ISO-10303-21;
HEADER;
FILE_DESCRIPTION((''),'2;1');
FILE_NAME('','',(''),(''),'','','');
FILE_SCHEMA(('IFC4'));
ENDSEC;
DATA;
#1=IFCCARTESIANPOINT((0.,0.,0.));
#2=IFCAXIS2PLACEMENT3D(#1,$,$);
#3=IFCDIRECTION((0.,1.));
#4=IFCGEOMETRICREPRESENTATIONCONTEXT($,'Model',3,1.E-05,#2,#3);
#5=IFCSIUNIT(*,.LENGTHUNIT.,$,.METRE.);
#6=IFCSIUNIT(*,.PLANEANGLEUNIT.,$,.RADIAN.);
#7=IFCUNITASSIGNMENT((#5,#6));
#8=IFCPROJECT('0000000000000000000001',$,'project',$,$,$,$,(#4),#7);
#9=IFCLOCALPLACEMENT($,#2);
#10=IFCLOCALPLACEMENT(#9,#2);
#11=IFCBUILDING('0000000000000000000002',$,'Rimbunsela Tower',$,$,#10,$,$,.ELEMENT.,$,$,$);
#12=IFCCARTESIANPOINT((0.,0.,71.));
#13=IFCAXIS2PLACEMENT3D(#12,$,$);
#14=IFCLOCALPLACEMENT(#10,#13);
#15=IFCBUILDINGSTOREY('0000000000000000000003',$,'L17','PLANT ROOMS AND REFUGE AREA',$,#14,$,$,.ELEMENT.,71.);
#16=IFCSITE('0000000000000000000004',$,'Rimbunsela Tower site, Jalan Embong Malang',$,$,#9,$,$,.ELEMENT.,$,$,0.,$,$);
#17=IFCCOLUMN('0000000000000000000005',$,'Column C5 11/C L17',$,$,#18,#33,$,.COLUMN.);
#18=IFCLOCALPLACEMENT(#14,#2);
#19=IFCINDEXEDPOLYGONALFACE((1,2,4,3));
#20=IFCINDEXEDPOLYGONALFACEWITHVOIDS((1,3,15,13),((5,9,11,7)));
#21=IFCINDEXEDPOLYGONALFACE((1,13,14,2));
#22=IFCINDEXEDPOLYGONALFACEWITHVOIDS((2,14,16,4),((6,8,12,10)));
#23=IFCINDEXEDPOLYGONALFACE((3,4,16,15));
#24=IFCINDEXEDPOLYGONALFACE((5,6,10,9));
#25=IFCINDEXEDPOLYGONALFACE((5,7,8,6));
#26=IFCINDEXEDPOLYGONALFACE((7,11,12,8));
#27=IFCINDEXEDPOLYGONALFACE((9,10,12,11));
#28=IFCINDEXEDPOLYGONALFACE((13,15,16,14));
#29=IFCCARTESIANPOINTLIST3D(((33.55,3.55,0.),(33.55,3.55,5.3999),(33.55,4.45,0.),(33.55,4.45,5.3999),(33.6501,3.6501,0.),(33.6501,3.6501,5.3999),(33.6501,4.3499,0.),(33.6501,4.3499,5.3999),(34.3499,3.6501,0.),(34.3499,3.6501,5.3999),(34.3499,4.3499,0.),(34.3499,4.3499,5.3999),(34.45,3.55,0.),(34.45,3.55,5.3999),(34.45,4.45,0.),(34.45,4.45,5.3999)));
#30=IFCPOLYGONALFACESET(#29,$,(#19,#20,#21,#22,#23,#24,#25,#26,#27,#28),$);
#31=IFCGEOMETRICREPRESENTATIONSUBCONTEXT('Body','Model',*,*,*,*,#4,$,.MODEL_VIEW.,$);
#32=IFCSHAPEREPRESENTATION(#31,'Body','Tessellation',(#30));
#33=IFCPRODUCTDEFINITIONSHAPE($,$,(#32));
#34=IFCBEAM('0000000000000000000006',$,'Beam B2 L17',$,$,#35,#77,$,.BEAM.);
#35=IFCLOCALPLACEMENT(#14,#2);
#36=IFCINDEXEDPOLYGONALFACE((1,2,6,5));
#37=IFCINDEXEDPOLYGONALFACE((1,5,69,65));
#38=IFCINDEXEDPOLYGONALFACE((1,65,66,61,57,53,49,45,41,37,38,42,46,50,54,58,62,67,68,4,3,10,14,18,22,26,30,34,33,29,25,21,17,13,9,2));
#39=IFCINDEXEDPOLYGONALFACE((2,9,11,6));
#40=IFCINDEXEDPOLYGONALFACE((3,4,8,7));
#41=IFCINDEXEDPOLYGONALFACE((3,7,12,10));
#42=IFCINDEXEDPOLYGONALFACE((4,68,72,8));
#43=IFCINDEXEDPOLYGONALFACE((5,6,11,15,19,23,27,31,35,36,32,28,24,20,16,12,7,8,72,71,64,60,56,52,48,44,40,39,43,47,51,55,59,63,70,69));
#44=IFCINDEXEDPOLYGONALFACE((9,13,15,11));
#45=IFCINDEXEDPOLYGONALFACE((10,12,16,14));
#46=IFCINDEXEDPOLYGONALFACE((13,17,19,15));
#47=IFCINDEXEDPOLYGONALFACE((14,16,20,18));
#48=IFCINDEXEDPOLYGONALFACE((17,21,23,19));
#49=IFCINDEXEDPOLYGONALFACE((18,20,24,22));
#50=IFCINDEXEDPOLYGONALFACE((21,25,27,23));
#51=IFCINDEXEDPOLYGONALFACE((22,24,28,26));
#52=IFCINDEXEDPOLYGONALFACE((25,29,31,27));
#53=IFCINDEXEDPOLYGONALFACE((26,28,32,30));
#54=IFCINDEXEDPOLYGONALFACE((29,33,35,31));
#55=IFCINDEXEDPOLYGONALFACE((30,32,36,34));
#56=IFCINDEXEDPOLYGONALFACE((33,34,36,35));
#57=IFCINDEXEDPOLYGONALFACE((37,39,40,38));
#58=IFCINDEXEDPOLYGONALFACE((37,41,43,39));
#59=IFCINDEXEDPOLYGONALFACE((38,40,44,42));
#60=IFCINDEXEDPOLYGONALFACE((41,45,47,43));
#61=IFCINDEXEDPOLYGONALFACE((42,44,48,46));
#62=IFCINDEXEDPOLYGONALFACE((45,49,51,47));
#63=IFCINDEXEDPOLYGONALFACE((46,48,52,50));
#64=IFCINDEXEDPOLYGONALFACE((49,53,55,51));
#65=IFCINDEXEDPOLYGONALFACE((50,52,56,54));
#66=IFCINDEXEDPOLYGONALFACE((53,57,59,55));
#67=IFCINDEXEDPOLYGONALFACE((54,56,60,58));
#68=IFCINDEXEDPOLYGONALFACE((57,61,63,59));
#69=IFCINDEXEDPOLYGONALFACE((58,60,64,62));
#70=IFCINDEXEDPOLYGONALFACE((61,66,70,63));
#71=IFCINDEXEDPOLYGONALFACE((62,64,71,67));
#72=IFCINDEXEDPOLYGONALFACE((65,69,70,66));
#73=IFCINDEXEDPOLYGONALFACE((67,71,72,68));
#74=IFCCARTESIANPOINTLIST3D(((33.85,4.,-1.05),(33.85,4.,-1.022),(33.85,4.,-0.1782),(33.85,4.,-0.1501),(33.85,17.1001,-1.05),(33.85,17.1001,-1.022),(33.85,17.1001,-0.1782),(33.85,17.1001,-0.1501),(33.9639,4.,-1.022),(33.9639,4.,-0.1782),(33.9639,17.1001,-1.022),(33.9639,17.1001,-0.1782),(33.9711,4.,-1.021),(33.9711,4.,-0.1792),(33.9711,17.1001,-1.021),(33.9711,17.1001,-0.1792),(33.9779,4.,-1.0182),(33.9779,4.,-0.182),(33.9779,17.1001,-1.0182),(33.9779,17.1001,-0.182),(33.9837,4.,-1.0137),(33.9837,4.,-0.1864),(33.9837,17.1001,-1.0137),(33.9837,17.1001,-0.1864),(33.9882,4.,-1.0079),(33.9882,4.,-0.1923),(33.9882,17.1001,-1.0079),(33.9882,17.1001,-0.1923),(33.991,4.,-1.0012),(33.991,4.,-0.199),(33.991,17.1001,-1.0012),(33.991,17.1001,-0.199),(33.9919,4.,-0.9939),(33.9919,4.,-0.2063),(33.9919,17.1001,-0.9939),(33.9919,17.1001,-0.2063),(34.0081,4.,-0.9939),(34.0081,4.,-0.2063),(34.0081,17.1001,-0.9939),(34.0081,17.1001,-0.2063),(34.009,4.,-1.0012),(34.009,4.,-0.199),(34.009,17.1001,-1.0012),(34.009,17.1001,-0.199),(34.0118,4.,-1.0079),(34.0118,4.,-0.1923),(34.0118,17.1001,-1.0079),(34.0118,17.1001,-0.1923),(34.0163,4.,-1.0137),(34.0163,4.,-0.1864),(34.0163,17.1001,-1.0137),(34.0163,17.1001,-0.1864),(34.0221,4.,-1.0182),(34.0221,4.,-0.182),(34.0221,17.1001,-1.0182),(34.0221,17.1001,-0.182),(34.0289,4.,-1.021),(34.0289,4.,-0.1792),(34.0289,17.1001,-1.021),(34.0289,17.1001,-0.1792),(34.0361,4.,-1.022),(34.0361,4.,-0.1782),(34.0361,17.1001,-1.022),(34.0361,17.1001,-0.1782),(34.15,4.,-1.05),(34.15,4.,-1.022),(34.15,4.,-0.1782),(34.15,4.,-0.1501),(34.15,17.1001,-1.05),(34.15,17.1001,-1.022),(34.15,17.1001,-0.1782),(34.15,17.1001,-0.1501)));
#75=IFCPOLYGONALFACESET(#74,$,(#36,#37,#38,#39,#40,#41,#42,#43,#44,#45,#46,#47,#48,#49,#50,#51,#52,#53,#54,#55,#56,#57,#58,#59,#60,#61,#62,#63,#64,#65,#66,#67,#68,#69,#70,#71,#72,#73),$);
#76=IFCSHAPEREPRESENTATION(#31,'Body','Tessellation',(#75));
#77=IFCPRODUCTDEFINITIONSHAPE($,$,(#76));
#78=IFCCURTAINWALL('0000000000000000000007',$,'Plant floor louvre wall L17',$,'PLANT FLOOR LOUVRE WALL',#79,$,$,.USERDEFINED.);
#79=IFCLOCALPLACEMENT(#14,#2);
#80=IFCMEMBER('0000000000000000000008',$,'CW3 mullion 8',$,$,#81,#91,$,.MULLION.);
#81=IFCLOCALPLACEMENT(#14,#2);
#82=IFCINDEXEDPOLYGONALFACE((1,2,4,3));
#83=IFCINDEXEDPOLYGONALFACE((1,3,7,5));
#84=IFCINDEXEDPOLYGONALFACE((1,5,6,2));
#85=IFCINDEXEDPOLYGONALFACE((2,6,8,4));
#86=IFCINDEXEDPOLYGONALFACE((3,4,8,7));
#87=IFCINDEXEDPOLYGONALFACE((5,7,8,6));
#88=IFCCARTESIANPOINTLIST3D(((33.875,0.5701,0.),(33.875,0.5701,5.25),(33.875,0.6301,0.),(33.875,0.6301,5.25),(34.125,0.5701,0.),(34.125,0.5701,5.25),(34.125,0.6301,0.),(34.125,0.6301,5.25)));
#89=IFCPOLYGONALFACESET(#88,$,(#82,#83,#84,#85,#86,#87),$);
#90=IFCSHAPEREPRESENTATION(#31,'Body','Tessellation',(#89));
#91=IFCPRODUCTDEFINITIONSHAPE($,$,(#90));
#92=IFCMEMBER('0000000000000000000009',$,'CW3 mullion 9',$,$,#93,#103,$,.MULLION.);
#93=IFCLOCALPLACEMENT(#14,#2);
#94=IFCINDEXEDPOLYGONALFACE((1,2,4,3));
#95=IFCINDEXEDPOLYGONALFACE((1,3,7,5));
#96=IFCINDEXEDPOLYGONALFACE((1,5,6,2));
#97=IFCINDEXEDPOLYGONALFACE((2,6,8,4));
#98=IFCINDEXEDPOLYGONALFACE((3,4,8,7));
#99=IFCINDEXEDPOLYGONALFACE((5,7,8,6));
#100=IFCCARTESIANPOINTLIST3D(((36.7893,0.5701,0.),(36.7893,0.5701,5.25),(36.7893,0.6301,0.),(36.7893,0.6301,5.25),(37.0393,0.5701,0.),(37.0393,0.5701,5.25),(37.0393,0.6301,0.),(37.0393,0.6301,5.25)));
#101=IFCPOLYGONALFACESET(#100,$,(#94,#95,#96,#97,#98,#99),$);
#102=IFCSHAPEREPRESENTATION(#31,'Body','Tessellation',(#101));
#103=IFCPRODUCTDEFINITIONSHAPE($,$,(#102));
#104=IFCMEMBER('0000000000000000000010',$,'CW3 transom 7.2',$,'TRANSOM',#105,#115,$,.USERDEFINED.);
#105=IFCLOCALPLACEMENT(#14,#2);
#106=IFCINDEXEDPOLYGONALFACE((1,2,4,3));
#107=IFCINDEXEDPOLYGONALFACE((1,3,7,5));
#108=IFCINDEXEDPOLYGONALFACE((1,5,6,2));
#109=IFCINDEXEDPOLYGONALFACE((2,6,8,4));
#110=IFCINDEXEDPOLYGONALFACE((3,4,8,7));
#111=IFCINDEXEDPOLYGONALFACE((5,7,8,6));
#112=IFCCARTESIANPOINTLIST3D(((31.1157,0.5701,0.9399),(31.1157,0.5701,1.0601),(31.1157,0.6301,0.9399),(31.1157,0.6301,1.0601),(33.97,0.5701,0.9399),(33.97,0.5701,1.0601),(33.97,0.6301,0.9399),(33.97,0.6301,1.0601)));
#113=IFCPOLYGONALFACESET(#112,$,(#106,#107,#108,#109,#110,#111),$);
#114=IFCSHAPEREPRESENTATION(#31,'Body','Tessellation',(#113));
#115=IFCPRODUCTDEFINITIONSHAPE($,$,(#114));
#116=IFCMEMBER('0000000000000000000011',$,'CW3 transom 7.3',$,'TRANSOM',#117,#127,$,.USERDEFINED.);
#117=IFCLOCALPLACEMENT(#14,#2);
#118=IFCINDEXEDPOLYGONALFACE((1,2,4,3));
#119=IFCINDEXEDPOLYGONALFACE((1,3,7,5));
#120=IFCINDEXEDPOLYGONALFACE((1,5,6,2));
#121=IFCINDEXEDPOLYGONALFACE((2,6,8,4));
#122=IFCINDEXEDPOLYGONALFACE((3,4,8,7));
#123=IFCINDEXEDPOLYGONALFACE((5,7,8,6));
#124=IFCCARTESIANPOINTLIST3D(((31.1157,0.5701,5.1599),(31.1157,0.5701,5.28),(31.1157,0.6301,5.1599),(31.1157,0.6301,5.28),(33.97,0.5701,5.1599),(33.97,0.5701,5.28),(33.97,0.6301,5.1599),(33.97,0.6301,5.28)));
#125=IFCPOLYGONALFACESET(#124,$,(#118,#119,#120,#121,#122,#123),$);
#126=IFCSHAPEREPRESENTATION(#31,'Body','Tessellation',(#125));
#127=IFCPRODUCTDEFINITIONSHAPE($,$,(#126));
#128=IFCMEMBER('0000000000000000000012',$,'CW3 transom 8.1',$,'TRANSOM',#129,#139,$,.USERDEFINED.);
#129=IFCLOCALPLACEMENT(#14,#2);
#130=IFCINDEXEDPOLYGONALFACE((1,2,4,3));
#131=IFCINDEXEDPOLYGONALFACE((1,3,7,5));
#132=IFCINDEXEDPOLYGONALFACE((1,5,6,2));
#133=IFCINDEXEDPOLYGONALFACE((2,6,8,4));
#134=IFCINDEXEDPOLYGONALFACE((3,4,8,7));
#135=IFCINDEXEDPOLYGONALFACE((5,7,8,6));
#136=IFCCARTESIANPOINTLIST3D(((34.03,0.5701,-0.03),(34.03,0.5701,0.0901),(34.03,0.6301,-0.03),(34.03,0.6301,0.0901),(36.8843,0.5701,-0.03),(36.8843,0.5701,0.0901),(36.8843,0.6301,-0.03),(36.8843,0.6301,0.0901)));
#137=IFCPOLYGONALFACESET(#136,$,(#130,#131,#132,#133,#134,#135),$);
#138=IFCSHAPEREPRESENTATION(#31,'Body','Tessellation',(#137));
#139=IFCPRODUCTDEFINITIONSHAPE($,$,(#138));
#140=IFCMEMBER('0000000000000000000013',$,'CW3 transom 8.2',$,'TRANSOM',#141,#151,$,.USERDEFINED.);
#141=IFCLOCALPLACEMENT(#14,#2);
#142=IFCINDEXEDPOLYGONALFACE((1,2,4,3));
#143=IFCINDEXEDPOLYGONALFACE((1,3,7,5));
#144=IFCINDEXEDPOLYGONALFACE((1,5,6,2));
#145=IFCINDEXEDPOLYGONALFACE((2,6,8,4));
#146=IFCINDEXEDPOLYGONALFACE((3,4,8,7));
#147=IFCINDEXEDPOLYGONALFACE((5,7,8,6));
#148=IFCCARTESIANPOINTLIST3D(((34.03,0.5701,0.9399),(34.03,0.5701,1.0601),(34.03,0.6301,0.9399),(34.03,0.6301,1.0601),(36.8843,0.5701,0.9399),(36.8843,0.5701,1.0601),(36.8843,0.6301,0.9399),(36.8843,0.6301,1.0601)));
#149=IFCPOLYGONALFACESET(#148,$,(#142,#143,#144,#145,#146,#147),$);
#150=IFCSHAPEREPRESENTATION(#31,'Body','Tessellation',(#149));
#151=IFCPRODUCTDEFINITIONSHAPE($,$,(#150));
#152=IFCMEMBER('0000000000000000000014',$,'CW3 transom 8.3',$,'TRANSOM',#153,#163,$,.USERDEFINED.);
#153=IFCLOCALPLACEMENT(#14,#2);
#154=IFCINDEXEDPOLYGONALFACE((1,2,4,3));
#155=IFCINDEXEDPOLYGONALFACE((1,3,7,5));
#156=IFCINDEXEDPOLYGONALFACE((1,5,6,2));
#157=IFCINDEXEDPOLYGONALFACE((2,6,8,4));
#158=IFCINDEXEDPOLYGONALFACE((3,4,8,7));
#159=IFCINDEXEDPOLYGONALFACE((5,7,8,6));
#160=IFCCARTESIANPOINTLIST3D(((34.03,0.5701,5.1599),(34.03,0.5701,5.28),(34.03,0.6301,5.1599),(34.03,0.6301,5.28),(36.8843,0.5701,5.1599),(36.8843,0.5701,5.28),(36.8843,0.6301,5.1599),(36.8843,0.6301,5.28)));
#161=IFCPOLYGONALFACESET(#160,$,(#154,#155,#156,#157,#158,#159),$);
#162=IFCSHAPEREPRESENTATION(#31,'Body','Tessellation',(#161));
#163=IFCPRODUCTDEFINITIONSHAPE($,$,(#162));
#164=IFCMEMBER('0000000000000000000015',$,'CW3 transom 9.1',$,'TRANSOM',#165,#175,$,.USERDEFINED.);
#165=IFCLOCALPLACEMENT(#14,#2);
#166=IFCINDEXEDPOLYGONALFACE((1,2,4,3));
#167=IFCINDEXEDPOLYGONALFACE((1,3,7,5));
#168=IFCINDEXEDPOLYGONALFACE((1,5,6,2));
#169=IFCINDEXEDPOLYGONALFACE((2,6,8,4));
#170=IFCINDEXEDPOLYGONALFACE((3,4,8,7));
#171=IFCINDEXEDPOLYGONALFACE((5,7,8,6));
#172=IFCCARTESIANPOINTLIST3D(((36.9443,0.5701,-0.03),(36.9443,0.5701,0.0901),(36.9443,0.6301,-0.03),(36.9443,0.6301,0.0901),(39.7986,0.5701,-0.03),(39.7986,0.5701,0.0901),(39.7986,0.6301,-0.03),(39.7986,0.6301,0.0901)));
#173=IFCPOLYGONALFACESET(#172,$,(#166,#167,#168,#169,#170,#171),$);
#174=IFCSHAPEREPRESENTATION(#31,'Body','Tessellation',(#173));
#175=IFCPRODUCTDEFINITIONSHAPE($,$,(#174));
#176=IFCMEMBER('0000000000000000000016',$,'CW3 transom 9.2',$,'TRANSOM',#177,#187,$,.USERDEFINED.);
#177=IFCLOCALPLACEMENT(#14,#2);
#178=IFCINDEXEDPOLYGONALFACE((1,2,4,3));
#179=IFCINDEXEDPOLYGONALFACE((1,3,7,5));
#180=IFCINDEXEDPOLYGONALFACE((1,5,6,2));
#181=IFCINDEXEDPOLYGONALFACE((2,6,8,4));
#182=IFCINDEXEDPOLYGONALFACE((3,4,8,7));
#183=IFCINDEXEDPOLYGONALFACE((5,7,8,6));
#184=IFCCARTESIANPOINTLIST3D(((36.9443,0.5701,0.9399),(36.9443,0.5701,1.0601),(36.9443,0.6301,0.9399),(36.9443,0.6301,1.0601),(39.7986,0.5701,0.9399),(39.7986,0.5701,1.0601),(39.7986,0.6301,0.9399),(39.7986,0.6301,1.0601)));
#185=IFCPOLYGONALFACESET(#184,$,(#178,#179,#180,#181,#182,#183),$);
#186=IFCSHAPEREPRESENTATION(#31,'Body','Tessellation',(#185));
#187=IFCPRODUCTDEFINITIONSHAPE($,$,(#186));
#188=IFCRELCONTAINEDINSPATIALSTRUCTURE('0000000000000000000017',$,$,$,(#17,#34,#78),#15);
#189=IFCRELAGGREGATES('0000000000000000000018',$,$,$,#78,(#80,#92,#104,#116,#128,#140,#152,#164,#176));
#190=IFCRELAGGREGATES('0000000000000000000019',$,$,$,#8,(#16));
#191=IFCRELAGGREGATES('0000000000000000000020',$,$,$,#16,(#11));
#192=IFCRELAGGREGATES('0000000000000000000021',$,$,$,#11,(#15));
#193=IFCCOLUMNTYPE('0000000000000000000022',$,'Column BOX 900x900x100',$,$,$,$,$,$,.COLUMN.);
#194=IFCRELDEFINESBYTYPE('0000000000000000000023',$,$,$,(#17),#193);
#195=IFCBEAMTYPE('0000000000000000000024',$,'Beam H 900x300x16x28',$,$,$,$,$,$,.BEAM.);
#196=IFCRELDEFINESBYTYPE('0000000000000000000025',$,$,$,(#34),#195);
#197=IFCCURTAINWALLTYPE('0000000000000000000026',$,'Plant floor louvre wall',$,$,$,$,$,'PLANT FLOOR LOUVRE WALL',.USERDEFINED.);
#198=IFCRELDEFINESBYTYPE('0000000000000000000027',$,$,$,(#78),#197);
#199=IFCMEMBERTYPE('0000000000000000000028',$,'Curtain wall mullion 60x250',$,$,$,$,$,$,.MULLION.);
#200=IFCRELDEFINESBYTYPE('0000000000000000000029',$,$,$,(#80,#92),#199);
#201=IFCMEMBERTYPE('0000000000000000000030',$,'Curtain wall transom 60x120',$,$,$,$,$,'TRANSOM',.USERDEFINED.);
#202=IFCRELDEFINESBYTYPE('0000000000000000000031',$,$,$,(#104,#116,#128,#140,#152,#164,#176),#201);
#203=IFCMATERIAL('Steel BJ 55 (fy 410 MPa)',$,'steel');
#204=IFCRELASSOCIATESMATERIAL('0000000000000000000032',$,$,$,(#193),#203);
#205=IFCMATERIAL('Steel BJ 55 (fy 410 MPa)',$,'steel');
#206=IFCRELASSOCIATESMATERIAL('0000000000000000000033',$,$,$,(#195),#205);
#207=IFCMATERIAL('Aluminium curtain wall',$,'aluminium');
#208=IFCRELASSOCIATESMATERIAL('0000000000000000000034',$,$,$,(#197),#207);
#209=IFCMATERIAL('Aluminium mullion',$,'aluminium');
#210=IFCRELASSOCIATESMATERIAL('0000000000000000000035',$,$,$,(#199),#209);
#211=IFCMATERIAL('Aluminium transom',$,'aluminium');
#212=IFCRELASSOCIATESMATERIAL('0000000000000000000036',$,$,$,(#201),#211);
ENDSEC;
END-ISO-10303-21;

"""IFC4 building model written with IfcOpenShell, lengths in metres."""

from ifc_helpers import new_model, si_unit, direction, frame, origin, origin_2d, place, context, subcontext, project, spatial, rectangle, hollow_rectangle, i_section, extrude, material, material_profile, profile_set, type_object, element, aggregate, save


model = new_model("IFC4")

# Units and contexts
model_context = context("Model", 3, precision=1e-05, world=origin(), true_north=direction((0.0, 1.0)))
body_context = subcontext(model_context, "Body", "Model", "MODEL_VIEW")
ifc_project = project(units=[si_unit("LENGTHUNIT", "METRE"), si_unit("PLANEANGLEUNIT", "RADIAN")], contexts=[model_context])

# Site, building, storey
site_placement = place(None, origin())
site = spatial("IfcSite", under=ifc_project, at=site_placement, Name="Rimbunsela Tower site, Jalan Embong Malang", CompositionType="ELEMENT", RefElevation=0.0)
building_placement = place(site_placement, origin())
building = spatial("IfcBuilding", under=site, at=building_placement, Name="Rimbunsela Tower", CompositionType="ELEMENT")
storey_placement = place(building_placement, frame((0.0, 0.0, 71.0)))
storey = spatial("IfcBuildingStorey", under=building, at=storey_placement, Name="L17", Description="PLANT ROOMS AND REFUGE AREA", CompositionType="ELEMENT", Elevation=71.0)

# Column
ifc_material_1 = material(Name="Steel BJ 55 (fy 410 MPa)", Category="steel")
ifc_material_profile_1 = material_profile(ifc_material_1, hollow_rectangle(XDim=0.8999, YDim=0.8999, WallThickness=0.1001, at=origin_2d()), Name="BOX 900x900x100")
ifc_profile_set_1 = profile_set([ifc_material_profile_1], Name="Steel BJ 55 (fy 410 MPa)")
column_type = type_object("IfcColumnType", Name="Column BOX 900x900x100", PredefinedType="COLUMN", material=ifc_profile_set_1)
column_placement = place(storey_placement, frame((34.0, 4.0, 0.0), z_axis=(0.0, 0.0, 1.0), x_axis=(1.0, 0.0, 0.0)))
element("IfcColumn", 1, at=column_placement, inside=storey, type_object=column_type, Name="Column C5 11/C L17", PredefinedType="COLUMN", context=body_context, shape_type="SweptSolid", body=[
    extrude(hollow_rectangle(XDim=0.8999, YDim=0.8999, WallThickness=0.1001, at=origin_2d()), origin(), (0.0, 0.0, 1.0), 5.3999),
])

# Beam
ifc_material_2 = material(Name="Steel BJ 55 (fy 410 MPa)", Category="steel")
ifc_material_profile_2 = material_profile(ifc_material_2, i_section(OverallWidth=0.3, OverallDepth=0.8999, WebThickness=0.0161, FlangeThickness=0.0281, FilletRadius=0.0281, at=origin_2d()), Name="H 900x300x16x28")
ifc_profile_set_2 = profile_set([ifc_material_profile_2], Name="Steel BJ 55 (fy 410 MPa)")
beam_type_1 = type_object("IfcBeamType", Name="Beam H 900x300x16x28", PredefinedType="BEAM", material=ifc_profile_set_2)
beam_1_placement = place(storey_placement, frame((34.0, 4.0, -0.6001), z_axis=(0.0, 1.0, 0.0), x_axis=(-1.0, 0.0, 0.0)))
element("IfcBeam", 2, at=beam_1_placement, inside=storey, type_object=beam_type_1, Name="Beam B2 L17", PredefinedType="BEAM", context=body_context, shape_type="SweptSolid", body=[
    extrude(i_section(OverallWidth=0.3, OverallDepth=0.8999, WebThickness=0.0161, FlangeThickness=0.0281, FilletRadius=0.0281, at=origin_2d()), origin(), (0.0, 0.0, 1.0), 13.1001),
])

# Curtain wall, members
ifc_material_3 = material(Name="Aluminium curtain wall", Category="aluminium")
curtain_wall_type = type_object("IfcCurtainWallType", Name="Plant floor louvre wall", ElementType="PLANT FLOOR LOUVRE WALL", PredefinedType="USERDEFINED", material=ifc_material_3)
curtain_wall_placement = place(storey_placement, origin())
curtain_wall = element("IfcCurtainWall", 3, at=curtain_wall_placement, inside=storey, type_object=curtain_wall_type, Name="Plant floor louvre wall L17", ObjectType="PLANT FLOOR LOUVRE WALL", PredefinedType="USERDEFINED")
ifc_material_4 = material(Name="Aluminium mullion", Category="aluminium")
ifc_material_profile_3 = material_profile(ifc_material_4, rectangle(XDim=0.0601, YDim=0.25, at=origin_2d()), Name="Mullion 60x250")
ifc_profile_set_3 = profile_set([ifc_material_profile_3], Name="Aluminium mullion")
member_type_1 = type_object("IfcMemberType", Name="Curtain wall mullion 60x250", PredefinedType="MULLION", material=ifc_profile_set_3)
member_1_placement = place(storey_placement, frame((34.0, 0.6001, 0.0), z_axis=(0.0, 0.0, 1.0), x_axis=(0.0, 1.0, 0.0)))
member_1 = element("IfcMember", 4, at=member_1_placement, type_object=member_type_1, Name="CW3 mullion 8", PredefinedType="MULLION", context=body_context, shape_type="SweptSolid", body=[
    extrude(rectangle(XDim=0.0601, YDim=0.25, at=origin_2d()), origin(), (0.0, 0.0, 1.0), 5.25),
])
member_2_placement = place(storey_placement, frame((36.9143, 0.6001, 0.0), z_axis=(0.0, 0.0, 1.0), x_axis=(0.0, 1.0, 0.0)))
member_2 = element("IfcMember", 5, at=member_2_placement, type_object=member_type_1, Name="CW3 mullion 9", PredefinedType="MULLION", context=body_context, shape_type="SweptSolid", body=[
    extrude(rectangle(XDim=0.0601, YDim=0.25, at=origin_2d()), origin(), (0.0, 0.0, 1.0), 5.25),
])
ifc_material_5 = material(Name="Aluminium transom", Category="aluminium")
ifc_material_profile_4 = material_profile(ifc_material_5, rectangle(XDim=0.0601, YDim=0.1201, at=origin_2d()), Name="Transom 60x120")
ifc_profile_set_4 = profile_set([ifc_material_profile_4], Name="Aluminium transom")
member_type_2 = type_object("IfcMemberType", Name="Curtain wall transom 60x120", ElementType="TRANSOM", PredefinedType="USERDEFINED", material=ifc_profile_set_4)
member_3_placement = place(storey_placement, frame((31.1157, 0.6001, 1.0), z_axis=(1.0, 0.0, 0.0), x_axis=(0.0, 1.0, 0.0)))
member_3 = element("IfcMember", 6, at=member_3_placement, type_object=member_type_2, Name="CW3 transom 7.2", ObjectType="TRANSOM", PredefinedType="USERDEFINED", context=body_context, shape_type="SweptSolid", body=[
    extrude(rectangle(XDim=0.0601, YDim=0.1201, at=origin_2d()), origin(), (0.0, 0.0, 1.0), 2.8542),
])
member_4_placement = place(storey_placement, frame((31.1157, 0.6001, 5.22), z_axis=(1.0, 0.0, 0.0), x_axis=(0.0, 1.0, 0.0)))
member_4 = element("IfcMember", 7, at=member_4_placement, type_object=member_type_2, Name="CW3 transom 7.3", ObjectType="TRANSOM", PredefinedType="USERDEFINED", context=body_context, shape_type="SweptSolid", body=[
    extrude(rectangle(XDim=0.0601, YDim=0.1201, at=origin_2d()), origin(), (0.0, 0.0, 1.0), 2.8542),
])
member_5_placement = place(storey_placement, frame((34.03, 0.6001, 0.03), z_axis=(1.0, 0.0, 0.0), x_axis=(0.0, 1.0, 0.0)))
member_5 = element("IfcMember", 8, at=member_5_placement, type_object=member_type_2, Name="CW3 transom 8.1", ObjectType="TRANSOM", PredefinedType="USERDEFINED", context=body_context, shape_type="SweptSolid", body=[
    extrude(rectangle(XDim=0.0601, YDim=0.1201, at=origin_2d()), origin(), (0.0, 0.0, 1.0), 2.8542),
])
member_6_placement = place(storey_placement, frame((34.03, 0.6001, 1.0), z_axis=(1.0, 0.0, 0.0), x_axis=(0.0, 1.0, 0.0)))
member_6 = element("IfcMember", 9, at=member_6_placement, type_object=member_type_2, Name="CW3 transom 8.2", ObjectType="TRANSOM", PredefinedType="USERDEFINED", context=body_context, shape_type="SweptSolid", body=[
    extrude(rectangle(XDim=0.0601, YDim=0.1201, at=origin_2d()), origin(), (0.0, 0.0, 1.0), 2.8542),
])
member_7_placement = place(storey_placement, frame((34.03, 0.6001, 5.22), z_axis=(1.0, 0.0, 0.0), x_axis=(0.0, 1.0, 0.0)))
member_7 = element("IfcMember", 10, at=member_7_placement, type_object=member_type_2, Name="CW3 transom 8.3", ObjectType="TRANSOM", PredefinedType="USERDEFINED", context=body_context, shape_type="SweptSolid", body=[
    extrude(rectangle(XDim=0.0601, YDim=0.1201, at=origin_2d()), origin(), (0.0, 0.0, 1.0), 2.8542),
])
member_8_placement = place(storey_placement, frame((36.9443, 0.6001, 0.03), z_axis=(1.0, 0.0, 0.0), x_axis=(0.0, 1.0, 0.0)))
member_8 = element("IfcMember", 11, at=member_8_placement, type_object=member_type_2, Name="CW3 transom 9.1", ObjectType="TRANSOM", PredefinedType="USERDEFINED", context=body_context, shape_type="SweptSolid", body=[
    extrude(rectangle(XDim=0.0601, YDim=0.1201, at=origin_2d()), origin(), (0.0, 0.0, 1.0), 2.8542),
])
member_9_placement = place(storey_placement, frame((36.9443, 0.6001, 1.0), z_axis=(1.0, 0.0, 0.0), x_axis=(0.0, 1.0, 0.0)))
member_9 = element("IfcMember", 12, at=member_9_placement, type_object=member_type_2, Name="CW3 transom 9.2", ObjectType="TRANSOM", PredefinedType="USERDEFINED", context=body_context, shape_type="SweptSolid", body=[
    extrude(rectangle(XDim=0.0601, YDim=0.1201, at=origin_2d()), origin(), (0.0, 0.0, 1.0), 2.8542),
])

aggregate(curtain_wall, [member_1, member_2, member_3, member_4, member_5, member_6, member_7, member_8, member_9])

save(model, "model.ifc")
